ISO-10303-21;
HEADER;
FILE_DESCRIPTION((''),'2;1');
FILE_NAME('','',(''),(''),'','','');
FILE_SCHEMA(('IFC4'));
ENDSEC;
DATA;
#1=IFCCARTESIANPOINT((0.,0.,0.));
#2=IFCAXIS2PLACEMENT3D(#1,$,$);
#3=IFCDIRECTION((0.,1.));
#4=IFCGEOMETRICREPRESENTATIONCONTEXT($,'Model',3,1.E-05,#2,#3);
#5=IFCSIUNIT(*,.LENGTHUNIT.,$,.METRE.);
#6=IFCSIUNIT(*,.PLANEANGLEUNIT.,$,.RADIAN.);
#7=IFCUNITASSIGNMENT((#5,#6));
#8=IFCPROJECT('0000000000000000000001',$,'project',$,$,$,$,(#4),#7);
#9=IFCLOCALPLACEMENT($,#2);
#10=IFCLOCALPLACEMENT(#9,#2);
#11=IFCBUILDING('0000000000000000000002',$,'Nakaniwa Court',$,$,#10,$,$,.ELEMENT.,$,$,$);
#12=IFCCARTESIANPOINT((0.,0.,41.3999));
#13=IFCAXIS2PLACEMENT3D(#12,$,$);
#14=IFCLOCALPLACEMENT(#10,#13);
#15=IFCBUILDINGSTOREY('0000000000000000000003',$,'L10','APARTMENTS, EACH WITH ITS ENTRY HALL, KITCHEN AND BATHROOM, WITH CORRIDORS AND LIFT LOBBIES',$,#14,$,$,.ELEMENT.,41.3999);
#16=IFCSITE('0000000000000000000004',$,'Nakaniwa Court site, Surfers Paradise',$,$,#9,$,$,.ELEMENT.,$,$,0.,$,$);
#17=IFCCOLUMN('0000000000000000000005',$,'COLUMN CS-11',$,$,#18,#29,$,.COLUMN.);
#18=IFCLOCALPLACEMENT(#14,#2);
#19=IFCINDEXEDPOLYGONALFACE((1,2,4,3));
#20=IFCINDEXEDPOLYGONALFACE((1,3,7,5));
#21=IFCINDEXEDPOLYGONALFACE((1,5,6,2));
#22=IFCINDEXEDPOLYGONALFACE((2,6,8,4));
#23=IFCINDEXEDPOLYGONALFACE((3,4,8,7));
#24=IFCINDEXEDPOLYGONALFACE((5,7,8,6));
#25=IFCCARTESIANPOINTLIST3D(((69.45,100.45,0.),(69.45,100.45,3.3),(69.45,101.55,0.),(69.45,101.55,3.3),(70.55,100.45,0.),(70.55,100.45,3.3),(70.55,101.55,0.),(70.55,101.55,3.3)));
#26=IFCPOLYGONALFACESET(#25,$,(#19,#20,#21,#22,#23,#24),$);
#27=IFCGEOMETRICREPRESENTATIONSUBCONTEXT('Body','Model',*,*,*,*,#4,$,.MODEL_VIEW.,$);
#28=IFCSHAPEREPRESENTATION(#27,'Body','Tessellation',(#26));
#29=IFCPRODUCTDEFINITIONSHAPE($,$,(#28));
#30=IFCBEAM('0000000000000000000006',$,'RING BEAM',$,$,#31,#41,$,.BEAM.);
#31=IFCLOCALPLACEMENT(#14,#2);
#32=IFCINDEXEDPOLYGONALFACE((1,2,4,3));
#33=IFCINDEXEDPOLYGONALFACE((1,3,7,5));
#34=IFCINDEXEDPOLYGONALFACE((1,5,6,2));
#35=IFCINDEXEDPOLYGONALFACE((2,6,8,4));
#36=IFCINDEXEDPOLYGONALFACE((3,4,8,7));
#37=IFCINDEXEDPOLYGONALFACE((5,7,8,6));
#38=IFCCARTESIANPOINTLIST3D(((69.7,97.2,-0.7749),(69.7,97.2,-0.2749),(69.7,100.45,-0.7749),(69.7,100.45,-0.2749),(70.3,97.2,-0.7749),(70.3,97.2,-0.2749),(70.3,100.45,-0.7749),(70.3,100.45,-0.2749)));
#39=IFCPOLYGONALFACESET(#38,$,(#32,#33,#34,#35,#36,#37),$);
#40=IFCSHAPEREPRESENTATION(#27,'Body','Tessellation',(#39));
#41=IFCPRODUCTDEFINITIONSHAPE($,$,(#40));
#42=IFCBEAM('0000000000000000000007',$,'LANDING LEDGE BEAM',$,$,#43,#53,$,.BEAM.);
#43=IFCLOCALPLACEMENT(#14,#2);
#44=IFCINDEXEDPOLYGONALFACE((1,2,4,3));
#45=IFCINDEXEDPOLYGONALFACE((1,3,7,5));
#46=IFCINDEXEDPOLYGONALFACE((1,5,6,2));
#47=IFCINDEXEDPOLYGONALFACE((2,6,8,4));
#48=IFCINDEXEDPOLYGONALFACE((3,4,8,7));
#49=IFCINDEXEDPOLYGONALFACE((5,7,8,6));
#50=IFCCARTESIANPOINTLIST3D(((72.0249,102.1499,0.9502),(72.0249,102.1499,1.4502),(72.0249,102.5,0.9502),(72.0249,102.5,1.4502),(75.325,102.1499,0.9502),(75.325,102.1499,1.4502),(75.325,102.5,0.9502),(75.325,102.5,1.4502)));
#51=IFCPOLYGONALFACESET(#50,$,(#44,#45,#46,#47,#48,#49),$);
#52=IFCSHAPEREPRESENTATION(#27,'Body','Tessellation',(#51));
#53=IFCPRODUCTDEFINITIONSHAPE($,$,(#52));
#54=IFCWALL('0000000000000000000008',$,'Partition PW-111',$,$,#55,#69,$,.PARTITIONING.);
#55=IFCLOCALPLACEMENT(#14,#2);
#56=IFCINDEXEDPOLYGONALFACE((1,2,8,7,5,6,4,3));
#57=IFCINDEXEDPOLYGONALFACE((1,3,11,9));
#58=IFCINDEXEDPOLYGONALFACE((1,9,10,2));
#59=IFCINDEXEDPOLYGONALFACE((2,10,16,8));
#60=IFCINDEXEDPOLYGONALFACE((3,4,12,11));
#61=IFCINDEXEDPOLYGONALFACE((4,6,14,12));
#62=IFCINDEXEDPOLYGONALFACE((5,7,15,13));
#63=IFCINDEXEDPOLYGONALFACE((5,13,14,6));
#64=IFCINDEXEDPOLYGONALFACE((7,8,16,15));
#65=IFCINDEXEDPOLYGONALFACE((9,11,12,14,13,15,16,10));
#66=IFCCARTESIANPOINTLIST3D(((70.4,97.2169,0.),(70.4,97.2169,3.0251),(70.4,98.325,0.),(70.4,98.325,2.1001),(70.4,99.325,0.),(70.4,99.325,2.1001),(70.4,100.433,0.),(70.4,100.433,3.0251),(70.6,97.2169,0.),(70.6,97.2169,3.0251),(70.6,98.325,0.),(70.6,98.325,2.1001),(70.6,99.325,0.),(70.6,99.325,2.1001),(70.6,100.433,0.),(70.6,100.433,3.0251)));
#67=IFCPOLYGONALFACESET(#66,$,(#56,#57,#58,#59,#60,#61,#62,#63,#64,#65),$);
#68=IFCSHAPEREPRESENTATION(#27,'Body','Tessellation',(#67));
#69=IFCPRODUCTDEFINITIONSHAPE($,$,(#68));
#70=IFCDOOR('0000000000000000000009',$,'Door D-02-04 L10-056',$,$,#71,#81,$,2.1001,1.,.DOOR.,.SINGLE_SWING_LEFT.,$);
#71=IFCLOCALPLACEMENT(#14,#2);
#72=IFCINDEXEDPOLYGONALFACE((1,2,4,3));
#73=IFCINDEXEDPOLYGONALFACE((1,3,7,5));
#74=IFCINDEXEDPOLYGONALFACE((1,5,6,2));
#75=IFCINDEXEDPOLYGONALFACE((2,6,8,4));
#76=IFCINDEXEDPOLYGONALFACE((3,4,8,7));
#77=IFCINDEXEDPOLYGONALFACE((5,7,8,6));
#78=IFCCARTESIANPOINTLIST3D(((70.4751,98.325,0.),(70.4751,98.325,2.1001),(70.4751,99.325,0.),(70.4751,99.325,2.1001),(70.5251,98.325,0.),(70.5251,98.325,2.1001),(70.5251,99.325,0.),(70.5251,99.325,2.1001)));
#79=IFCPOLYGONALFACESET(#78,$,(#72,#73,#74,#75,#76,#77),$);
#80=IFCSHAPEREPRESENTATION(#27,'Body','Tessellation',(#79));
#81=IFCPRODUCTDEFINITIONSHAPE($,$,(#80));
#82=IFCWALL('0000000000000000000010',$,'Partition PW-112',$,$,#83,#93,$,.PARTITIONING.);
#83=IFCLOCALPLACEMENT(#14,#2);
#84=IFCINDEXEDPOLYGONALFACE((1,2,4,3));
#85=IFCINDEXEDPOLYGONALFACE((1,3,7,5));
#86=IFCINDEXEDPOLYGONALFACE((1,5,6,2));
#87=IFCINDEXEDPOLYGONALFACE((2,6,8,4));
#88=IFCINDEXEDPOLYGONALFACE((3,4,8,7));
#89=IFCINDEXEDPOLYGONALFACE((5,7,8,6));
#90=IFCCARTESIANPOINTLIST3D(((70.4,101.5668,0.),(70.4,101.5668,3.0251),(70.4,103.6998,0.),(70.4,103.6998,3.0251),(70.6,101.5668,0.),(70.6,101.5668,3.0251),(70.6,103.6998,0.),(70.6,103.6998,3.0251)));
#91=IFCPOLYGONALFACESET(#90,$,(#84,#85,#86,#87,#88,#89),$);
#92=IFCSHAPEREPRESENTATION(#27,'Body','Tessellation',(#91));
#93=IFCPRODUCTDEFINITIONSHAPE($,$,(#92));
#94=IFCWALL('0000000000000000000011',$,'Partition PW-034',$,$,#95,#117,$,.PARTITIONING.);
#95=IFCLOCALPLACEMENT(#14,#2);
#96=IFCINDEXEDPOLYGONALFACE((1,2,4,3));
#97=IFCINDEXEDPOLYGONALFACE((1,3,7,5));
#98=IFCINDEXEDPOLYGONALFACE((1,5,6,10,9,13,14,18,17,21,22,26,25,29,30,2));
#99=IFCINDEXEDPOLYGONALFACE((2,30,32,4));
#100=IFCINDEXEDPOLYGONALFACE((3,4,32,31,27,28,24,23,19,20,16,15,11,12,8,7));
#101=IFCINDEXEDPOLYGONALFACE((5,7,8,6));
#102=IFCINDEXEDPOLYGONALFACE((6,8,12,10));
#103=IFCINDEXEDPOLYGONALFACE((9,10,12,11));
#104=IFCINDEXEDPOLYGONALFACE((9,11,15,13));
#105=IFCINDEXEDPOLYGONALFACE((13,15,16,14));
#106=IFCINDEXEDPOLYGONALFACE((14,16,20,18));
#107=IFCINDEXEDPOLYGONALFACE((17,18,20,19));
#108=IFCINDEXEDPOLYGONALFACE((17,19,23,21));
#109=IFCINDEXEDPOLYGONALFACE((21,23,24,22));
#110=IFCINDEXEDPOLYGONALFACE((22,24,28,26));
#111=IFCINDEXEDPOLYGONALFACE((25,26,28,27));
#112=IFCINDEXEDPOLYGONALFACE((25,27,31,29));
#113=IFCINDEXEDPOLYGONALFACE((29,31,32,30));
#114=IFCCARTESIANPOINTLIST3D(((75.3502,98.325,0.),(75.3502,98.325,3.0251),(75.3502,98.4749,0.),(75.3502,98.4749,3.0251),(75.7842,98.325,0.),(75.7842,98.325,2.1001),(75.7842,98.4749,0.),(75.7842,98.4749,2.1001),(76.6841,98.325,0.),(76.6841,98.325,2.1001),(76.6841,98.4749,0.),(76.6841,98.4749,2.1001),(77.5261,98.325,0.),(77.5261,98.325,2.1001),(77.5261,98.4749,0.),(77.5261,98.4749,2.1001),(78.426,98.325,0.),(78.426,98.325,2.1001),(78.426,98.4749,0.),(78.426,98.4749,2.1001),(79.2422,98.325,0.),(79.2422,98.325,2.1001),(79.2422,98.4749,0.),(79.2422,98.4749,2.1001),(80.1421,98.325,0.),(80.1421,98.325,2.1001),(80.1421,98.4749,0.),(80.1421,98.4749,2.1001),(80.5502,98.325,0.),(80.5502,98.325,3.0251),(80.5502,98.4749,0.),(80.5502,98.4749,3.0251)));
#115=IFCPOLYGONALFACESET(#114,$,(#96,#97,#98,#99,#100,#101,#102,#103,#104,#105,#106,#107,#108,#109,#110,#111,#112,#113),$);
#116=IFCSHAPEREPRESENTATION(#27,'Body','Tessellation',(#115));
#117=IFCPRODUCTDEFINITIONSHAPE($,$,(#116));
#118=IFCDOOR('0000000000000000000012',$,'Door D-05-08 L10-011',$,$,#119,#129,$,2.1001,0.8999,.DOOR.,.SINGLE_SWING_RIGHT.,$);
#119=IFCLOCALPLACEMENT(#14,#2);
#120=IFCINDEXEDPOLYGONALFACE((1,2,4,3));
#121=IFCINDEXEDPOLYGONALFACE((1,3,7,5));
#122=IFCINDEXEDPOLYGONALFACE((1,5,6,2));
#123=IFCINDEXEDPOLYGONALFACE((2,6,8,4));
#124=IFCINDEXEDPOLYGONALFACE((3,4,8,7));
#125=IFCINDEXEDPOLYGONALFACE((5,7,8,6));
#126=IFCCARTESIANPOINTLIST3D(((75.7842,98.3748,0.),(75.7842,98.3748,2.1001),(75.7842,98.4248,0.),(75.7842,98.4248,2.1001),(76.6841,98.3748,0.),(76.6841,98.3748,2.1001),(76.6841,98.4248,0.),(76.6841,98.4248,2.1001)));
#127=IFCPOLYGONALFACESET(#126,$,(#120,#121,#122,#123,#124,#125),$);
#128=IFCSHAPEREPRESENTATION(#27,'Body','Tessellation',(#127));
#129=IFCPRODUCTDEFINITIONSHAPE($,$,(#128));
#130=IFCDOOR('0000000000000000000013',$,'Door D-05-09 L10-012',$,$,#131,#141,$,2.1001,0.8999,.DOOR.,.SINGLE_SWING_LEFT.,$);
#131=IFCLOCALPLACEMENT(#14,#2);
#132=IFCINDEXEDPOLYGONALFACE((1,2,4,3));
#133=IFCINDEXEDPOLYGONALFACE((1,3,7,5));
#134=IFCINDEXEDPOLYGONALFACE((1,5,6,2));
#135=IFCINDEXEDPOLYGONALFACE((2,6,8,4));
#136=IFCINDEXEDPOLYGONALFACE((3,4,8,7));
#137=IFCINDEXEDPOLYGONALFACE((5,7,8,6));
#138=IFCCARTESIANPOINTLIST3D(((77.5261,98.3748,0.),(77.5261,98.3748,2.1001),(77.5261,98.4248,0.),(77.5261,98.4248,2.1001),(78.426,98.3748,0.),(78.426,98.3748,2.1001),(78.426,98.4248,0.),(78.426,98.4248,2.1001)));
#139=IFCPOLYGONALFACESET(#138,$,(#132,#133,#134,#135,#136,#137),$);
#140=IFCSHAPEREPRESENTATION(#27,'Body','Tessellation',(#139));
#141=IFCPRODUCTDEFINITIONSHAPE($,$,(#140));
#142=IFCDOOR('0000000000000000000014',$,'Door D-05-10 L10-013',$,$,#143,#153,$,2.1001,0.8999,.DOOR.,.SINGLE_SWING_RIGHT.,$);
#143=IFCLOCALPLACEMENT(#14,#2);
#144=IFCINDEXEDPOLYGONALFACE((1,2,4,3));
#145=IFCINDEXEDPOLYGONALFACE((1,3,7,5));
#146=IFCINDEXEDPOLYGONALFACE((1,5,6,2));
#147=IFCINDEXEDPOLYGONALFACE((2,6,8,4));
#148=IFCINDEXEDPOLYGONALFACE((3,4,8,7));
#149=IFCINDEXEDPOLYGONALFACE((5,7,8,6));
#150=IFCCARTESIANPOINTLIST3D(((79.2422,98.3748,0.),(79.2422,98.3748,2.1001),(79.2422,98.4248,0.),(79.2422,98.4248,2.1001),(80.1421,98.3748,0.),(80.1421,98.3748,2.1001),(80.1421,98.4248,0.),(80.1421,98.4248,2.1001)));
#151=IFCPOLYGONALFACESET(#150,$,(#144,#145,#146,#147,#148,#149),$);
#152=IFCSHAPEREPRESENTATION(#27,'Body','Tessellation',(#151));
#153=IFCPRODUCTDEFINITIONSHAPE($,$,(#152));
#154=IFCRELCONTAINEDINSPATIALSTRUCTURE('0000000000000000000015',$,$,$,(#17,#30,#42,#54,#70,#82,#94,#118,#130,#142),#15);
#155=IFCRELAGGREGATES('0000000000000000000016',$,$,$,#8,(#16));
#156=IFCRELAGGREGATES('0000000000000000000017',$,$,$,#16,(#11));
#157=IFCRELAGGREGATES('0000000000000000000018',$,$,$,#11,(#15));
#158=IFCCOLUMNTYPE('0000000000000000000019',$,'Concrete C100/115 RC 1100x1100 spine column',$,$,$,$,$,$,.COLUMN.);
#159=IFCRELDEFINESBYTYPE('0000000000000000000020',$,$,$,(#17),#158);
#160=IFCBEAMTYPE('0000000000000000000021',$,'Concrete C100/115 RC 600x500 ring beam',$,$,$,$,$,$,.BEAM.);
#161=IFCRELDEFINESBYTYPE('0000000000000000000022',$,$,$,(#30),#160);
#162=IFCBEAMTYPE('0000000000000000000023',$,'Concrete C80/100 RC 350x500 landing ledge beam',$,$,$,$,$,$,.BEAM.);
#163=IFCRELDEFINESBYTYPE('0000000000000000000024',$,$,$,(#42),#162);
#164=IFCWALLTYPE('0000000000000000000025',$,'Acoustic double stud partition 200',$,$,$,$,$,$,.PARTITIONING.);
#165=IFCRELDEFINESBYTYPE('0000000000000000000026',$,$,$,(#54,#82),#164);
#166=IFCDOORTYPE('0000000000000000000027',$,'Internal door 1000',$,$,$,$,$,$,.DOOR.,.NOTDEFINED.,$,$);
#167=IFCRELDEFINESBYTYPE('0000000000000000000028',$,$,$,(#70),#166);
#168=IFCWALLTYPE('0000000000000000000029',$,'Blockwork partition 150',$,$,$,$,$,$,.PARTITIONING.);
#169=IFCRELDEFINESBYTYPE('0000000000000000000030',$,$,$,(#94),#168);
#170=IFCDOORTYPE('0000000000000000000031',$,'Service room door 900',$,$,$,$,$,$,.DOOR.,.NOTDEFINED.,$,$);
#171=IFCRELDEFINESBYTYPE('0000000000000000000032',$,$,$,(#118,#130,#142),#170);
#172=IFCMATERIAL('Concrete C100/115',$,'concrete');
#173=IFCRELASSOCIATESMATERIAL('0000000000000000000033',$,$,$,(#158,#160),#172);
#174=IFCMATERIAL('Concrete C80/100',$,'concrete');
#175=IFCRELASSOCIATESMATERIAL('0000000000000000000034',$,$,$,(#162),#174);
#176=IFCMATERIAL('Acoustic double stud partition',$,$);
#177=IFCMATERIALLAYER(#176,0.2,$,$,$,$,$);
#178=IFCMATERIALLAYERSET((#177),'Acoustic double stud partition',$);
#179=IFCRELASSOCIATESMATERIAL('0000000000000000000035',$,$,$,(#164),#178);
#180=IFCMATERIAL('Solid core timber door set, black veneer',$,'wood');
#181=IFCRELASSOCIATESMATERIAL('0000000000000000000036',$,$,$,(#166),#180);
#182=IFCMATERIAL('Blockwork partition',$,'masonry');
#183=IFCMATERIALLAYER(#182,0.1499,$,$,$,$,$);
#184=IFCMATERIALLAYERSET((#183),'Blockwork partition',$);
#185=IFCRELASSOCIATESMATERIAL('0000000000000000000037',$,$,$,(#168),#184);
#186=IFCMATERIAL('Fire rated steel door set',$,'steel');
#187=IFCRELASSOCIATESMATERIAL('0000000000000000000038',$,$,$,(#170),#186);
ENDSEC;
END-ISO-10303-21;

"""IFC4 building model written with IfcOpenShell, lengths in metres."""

from ifc_helpers import new_model, si_unit, direction, frame, frame_2d, origin, origin_2d, place, context, subcontext, project, spatial, rectangle, extrude, material, layer, layer_set, material_profile, profile_set, type_object, element, fill, save


model = new_model("IFC4")

# Units and contexts
model_context = context("Model", 3, precision=1e-05, world=origin(), true_north=direction((0.0, 1.0)))
body_context = subcontext(model_context, "Body", "Model", "MODEL_VIEW")
ifc_project = project(units=[si_unit("LENGTHUNIT", "METRE"), si_unit("PLANEANGLEUNIT", "RADIAN")], contexts=[model_context])

# Site, building, storey
site_placement = place(None, origin())
site = spatial("IfcSite", under=ifc_project, at=site_placement, Name="Nakaniwa Court site, Surfers Paradise", CompositionType="ELEMENT", RefElevation=0.0)
building_placement = place(site_placement, origin())
building = spatial("IfcBuilding", under=site, at=building_placement, Name="Nakaniwa Court", CompositionType="ELEMENT")
storey_placement = place(building_placement, frame((0.0, 0.0, 41.3999)))
storey = spatial("IfcBuildingStorey", under=building, at=storey_placement, Name="L10", Description="APARTMENTS, EACH WITH ITS ENTRY HALL, KITCHEN AND BATHROOM, WITH CORRIDORS AND LIFT LOBBIES", CompositionType="ELEMENT", Elevation=41.3999)

# Column
ifc_material_1 = material(Name="Concrete C100/115", Category="concrete")
ifc_material_profile_1 = material_profile(ifc_material_1, rectangle(XDim=1.1001, YDim=1.1001, at=origin_2d()), Name="Concrete C100/115 RC 1100x1100 spine column")
ifc_profile_set_1 = profile_set([ifc_material_profile_1], Name="Concrete C100/115")
column_type = type_object("IfcColumnType", Name="Concrete C100/115 RC 1100x1100 spine column", PredefinedType="COLUMN", material=ifc_profile_set_1)
column_placement = place(storey_placement, frame((70.0, 101.0, 0.0), z_axis=(0.0, 0.0, 1.0), x_axis=(0.0, -1.0, 0.0)))
element("IfcColumn", 1, at=column_placement, inside=storey, type_object=column_type, Name="COLUMN CS-11", PredefinedType="COLUMN", context=body_context, shape_type="SweptSolid", body=[
    extrude(rectangle(XDim=1.1001, YDim=1.1001, at=origin_2d()), origin(), (0.0, 0.0, 1.0), 3.3),
])

# Beams
ifc_material_profile_2 = material_profile(ifc_material_1, rectangle(XDim=0.6001, YDim=0.5, at=origin_2d()), Name="Concrete C100/115 RC 600x500 ring beam")
ifc_profile_set_2 = profile_set([ifc_material_profile_2], Name="Concrete C100/115")
beam_type_1 = type_object("IfcBeamType", Name="Concrete C100/115 RC 600x500 ring beam", PredefinedType="BEAM", material=ifc_profile_set_2)
beam_1_placement = place(storey_placement, frame((70.0, 100.45, -0.5249), z_axis=(0.0, -1.0, 0.0), x_axis=(1.0, 0.0, 0.0)))
element("IfcBeam", 2, at=beam_1_placement, inside=storey, type_object=beam_type_1, Name="RING BEAM", PredefinedType="BEAM", context=body_context, shape_type="SweptSolid", body=[
    extrude(rectangle(XDim=0.6001, YDim=0.5, at=origin_2d()), origin(), (0.0, 0.0, 1.0), 3.25),
])
ifc_material_2 = material(Name="Concrete C80/100", Category="concrete")
ifc_material_profile_3 = material_profile(ifc_material_2, rectangle(XDim=0.3501, YDim=0.5, at=origin_2d()), Name="Concrete C80/100 RC 350x500 landing ledge beam")
ifc_profile_set_3 = profile_set([ifc_material_profile_3], Name="Concrete C80/100")
beam_type_2 = type_object("IfcBeamType", Name="Concrete C80/100 RC 350x500 landing ledge beam", PredefinedType="BEAM", material=ifc_profile_set_3)
beam_2_placement = place(storey_placement, frame((72.0249, 102.325, 1.2002), z_axis=(1.0, 0.0, 0.0), x_axis=(0.0, 1.0, 0.0)))
element("IfcBeam", 3, at=beam_2_placement, inside=storey, type_object=beam_type_2, Name="LANDING LEDGE BEAM", PredefinedType="BEAM", context=body_context, shape_type="SweptSolid", body=[
    extrude(rectangle(XDim=0.3501, YDim=0.5, at=origin_2d()), origin(), (0.0, 0.0, 1.0), 3.3),
])

# Wall, opening, door
ifc_material_3 = material(Name="Acoustic double stud partition")
ifc_layer_1 = layer(ifc_material_3, 0.2)
ifc_layer_set_1 = layer_set([ifc_layer_1], Name="Acoustic double stud partition")
wall_type_1 = type_object("IfcWallType", Name="Acoustic double stud partition 200", PredefinedType="PARTITIONING", material=ifc_layer_set_1)
wall_1_placement = place(storey_placement, frame((70.5, 97.217, 0.0), z_axis=(0.0, 0.0, 1.0), x_axis=(0.0, 1.0, 0.0)))
wall_1 = element("IfcWall", 4, at=wall_1_placement, inside=storey, type_object=wall_type_1, Name="Partition PW-111", PredefinedType="PARTITIONING", context=body_context, shape_type="SweptSolid", body=[
    extrude(rectangle(XDim=3.2161, YDim=0.2, at=frame_2d((1.6079, 0.0))), origin(), (0.0, 0.0, 1.0), 3.0251),
])
opening_1_placement = place(wall_1_placement, frame((1.1079, 0.0, 0.0)))
opening_1 = element("IfcOpeningElement", 5, at=opening_1_placement, cuts=wall_1, PredefinedType="OPENING", context=body_context, shape_type="SweptSolid", body=[
    extrude(rectangle(XDim=1.0, YDim=2.1001, at=frame_2d((0.5, 1.05))), frame((0.0, 0.1099, 0.0), z_axis=(0.0, -1.0, 0.0), x_axis=(1.0, 0.0, 0.0)), (0.0, 0.0, 1.0), 0.22),
])
ifc_material_4 = material(Name="Solid core timber door set, black veneer", Category="wood")
door_type_1 = type_object("IfcDoorType", Name="Internal door 1000", OperationType="NOTDEFINED", PredefinedType="DOOR", material=ifc_material_4)
door_1_placement = place(opening_1_placement, origin())
door_1 = element("IfcDoor", 6, at=door_1_placement, inside=storey, type_object=door_type_1, Name="Door D-02-04 L10-056", OperationType="SINGLE_SWING_LEFT", OverallHeight=2.1001, OverallWidth=1.0, PredefinedType="DOOR", context=body_context, shape_type="SweptSolid", body=[
    extrude(rectangle(XDim=1.0, YDim=2.1001, at=frame_2d((0.5, 1.05))), frame((0.0, 0.0249, 0.0), z_axis=(0.0, -1.0, 0.0), x_axis=(1.0, 0.0, 0.0)), (0.0, 0.0, 1.0), 0.05),
])
fill(opening_1, door_1)

# Wall
wall_2_placement = place(storey_placement, frame((70.5, 101.5669, 0.0), z_axis=(0.0, 0.0, 1.0), x_axis=(0.0, 1.0, 0.0)))
element("IfcWall", 7, at=wall_2_placement, inside=storey, type_object=wall_type_1, Name="Partition PW-112", PredefinedType="PARTITIONING", context=body_context, shape_type="SweptSolid", body=[
    extrude(rectangle(XDim=2.1331, YDim=0.2, at=frame_2d((1.0664, 0.0))), origin(), (0.0, 0.0, 1.0), 3.0251),
])

# Wall, openings, doors
ifc_material_5 = material(Name="Blockwork partition", Category="masonry")
ifc_layer_2 = layer(ifc_material_5, 0.1499)
ifc_layer_set_2 = layer_set([ifc_layer_2], Name="Blockwork partition")
wall_type_2 = type_object("IfcWallType", Name="Blockwork partition 150", PredefinedType="PARTITIONING", material=ifc_layer_set_2)
wall_3_placement = place(storey_placement, frame((75.3501, 98.3999, 0.0), z_axis=(0.0, 0.0, 1.0), x_axis=(1.0, 0.0, 0.0)))
wall_3 = element("IfcWall", 8, at=wall_3_placement, inside=storey, type_object=wall_type_2, Name="Partition PW-034", PredefinedType="PARTITIONING", context=body_context, shape_type="SweptSolid", body=[
    extrude(rectangle(XDim=5.2, YDim=0.1499, at=frame_2d((2.6001, 0.0))), origin(), (0.0, 0.0, 1.0), 3.0251),
])
opening_2_placement = place(wall_3_placement, frame((0.4341, 0.0, 0.0)))
opening_2 = element("IfcOpeningElement", 9, at=opening_2_placement, cuts=wall_3, PredefinedType="OPENING", context=body_context, shape_type="SweptSolid", body=[
    extrude(rectangle(XDim=0.8999, YDim=2.1001, at=frame_2d((0.45, 1.05))), frame((0.0, 0.085, 0.0), z_axis=(0.0, -1.0, 0.0), x_axis=(1.0, 0.0, 0.0)), (0.0, 0.0, 1.0), 0.1699),
])
opening_3_placement = place(wall_3_placement, frame((2.176, 0.0, 0.0)))
opening_3 = element("IfcOpeningElement", 10, at=opening_3_placement, cuts=wall_3, PredefinedType="OPENING", context=body_context, shape_type="SweptSolid", body=[
    extrude(rectangle(XDim=0.8999, YDim=2.1001, at=frame_2d((0.45, 1.05))), frame((0.0, 0.085, 0.0), z_axis=(0.0, -1.0, 0.0), x_axis=(1.0, 0.0, 0.0)), (0.0, 0.0, 1.0), 0.1699),
])
opening_4_placement = place(wall_3_placement, frame((3.8921, 0.0, 0.0)))
opening_4 = element("IfcOpeningElement", 11, at=opening_4_placement, cuts=wall_3, PredefinedType="OPENING", context=body_context, shape_type="SweptSolid", body=[
    extrude(rectangle(XDim=0.8999, YDim=2.1001, at=frame_2d((0.45, 1.05))), frame((0.0, 0.085, 0.0), z_axis=(0.0, -1.0, 0.0), x_axis=(1.0, 0.0, 0.0)), (0.0, 0.0, 1.0), 0.1699),
])
ifc_material_6 = material(Name="Fire rated steel door set", Category="steel")
door_type_2 = type_object("IfcDoorType", Name="Service room door 900", OperationType="NOTDEFINED", PredefinedType="DOOR", material=ifc_material_6)
door_2_placement = place(opening_2_placement, origin())
door_2 = element("IfcDoor", 12, at=door_2_placement, inside=storey, type_object=door_type_2, Name="Door D-05-08 L10-011", OperationType="SINGLE_SWING_RIGHT", OverallHeight=2.1001, OverallWidth=0.8999, PredefinedType="DOOR", context=body_context, shape_type="SweptSolid", body=[
    extrude(rectangle(XDim=0.8999, YDim=2.1001, at=frame_2d((0.45, 1.05))), frame((0.0, 0.0249, 0.0), z_axis=(0.0, -1.0, 0.0), x_axis=(1.0, 0.0, 0.0)), (0.0, 0.0, 1.0), 0.05),
])
fill(opening_2, door_2)
door_3_placement = place(opening_3_placement, origin())
door_3 = element("IfcDoor", 13, at=door_3_placement, inside=storey, type_object=door_type_2, Name="Door D-05-09 L10-012", OperationType="SINGLE_SWING_LEFT", OverallHeight=2.1001, OverallWidth=0.8999, PredefinedType="DOOR", context=body_context, shape_type="SweptSolid", body=[
    extrude(rectangle(XDim=0.8999, YDim=2.1001, at=frame_2d((0.45, 1.05))), frame((0.0, 0.0249, 0.0), z_axis=(0.0, -1.0, 0.0), x_axis=(1.0, 0.0, 0.0)), (0.0, 0.0, 1.0), 0.05),
])
fill(opening_3, door_3)
door_4_placement = place(opening_4_placement, origin())
door_4 = element("IfcDoor", 14, at=door_4_placement, inside=storey, type_object=door_type_2, Name="Door D-05-10 L10-013", OperationType="SINGLE_SWING_RIGHT", OverallHeight=2.1001, OverallWidth=0.8999, PredefinedType="DOOR", context=body_context, shape_type="SweptSolid", body=[
    extrude(rectangle(XDim=0.8999, YDim=2.1001, at=frame_2d((0.45, 1.05))), frame((0.0, 0.0249, 0.0), z_axis=(0.0, -1.0, 0.0), x_axis=(1.0, 0.0, 0.0)), (0.0, 0.0, 1.0), 0.05),
])
fill(opening_4, door_4)

save(model, "model.ifc")
